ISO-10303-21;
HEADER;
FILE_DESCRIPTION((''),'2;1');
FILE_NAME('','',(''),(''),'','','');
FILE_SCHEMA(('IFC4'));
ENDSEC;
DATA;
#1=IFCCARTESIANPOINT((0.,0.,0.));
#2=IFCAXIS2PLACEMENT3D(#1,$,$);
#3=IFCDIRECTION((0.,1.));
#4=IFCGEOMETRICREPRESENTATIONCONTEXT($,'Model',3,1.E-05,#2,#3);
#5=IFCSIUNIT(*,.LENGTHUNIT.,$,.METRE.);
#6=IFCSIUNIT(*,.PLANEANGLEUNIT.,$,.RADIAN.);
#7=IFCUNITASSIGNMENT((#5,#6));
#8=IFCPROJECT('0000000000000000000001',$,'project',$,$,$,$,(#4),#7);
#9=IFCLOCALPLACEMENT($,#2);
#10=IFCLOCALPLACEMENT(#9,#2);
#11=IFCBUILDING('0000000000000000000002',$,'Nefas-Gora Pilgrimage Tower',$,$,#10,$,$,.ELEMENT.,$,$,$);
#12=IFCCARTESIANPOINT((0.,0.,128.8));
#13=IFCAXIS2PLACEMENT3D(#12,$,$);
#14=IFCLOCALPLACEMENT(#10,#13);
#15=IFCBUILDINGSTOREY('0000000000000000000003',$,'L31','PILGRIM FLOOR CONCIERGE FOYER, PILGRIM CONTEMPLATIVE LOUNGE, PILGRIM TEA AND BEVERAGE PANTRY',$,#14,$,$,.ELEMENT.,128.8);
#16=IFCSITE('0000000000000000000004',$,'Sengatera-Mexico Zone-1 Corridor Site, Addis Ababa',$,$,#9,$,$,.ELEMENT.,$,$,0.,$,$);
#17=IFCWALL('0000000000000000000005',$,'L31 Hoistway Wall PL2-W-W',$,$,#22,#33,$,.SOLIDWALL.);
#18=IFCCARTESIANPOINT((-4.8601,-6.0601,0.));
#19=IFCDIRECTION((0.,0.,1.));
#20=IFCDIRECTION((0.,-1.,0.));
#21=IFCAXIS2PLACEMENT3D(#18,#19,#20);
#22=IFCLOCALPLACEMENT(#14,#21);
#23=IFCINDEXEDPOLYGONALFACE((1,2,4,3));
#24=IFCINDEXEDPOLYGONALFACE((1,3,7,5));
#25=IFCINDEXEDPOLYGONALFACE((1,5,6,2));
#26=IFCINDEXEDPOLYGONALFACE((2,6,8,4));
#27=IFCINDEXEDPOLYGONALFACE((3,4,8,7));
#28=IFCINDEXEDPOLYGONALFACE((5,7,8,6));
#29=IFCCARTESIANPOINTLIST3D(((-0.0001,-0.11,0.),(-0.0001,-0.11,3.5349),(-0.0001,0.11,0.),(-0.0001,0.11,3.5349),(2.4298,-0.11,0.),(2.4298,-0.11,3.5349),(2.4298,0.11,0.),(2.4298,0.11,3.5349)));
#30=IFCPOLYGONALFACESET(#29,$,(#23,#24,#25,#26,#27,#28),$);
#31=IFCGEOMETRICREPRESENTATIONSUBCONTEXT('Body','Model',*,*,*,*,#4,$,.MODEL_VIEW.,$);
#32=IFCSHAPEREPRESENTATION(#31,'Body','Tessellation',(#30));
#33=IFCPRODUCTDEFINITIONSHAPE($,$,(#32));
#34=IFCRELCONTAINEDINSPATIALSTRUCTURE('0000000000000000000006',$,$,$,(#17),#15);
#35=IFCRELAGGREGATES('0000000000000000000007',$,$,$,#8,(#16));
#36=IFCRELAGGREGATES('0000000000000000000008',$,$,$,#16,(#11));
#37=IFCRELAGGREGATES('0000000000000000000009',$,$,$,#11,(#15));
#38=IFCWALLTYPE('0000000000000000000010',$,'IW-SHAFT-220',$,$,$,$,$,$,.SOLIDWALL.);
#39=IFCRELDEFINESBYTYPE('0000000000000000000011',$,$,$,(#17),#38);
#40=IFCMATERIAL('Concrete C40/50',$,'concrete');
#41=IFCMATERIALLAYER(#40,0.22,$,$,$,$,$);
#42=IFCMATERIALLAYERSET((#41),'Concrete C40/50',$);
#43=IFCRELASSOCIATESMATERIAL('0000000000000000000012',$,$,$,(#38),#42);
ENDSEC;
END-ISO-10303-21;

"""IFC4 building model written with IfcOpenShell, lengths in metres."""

from ifc_helpers import new_model, si_unit, direction, frame, frame_2d, origin, place, context, subcontext, project, spatial, rectangle, extrude, source, transform, mapped, material, layer, layer_set, type_object, element, save


model = new_model("IFC4")

# Units and contexts
model_context = context("Model", 3, precision=1e-05, world=origin(), true_north=direction((0.0, 1.0)))
body_context = subcontext(model_context, "Body", "Model", "MODEL_VIEW")
ifc_project = project(units=[si_unit("LENGTHUNIT", "METRE"), si_unit("PLANEANGLEUNIT", "RADIAN")], contexts=[model_context])

# Site, building, storey
site_placement = place(None, origin())
site = spatial("IfcSite", under=ifc_project, at=site_placement, Name="Sengatera-Mexico Zone-1 Corridor Site, Addis Ababa", CompositionType="ELEMENT", RefElevation=0.0)
building_placement = place(site_placement, origin())
building = spatial("IfcBuilding", under=site, at=building_placement, Name="Nefas-Gora Pilgrimage Tower", CompositionType="ELEMENT")
storey_placement = place(building_placement, frame((0.0, 0.0, 128.8)))
storey = spatial("IfcBuildingStorey", under=building, at=storey_placement, Name="L31", Description="PILGRIM FLOOR CONCIERGE FOYER, PILGRIM CONTEMPLATIVE LOUNGE, PILGRIM TEA AND BEVERAGE PANTRY", CompositionType="ELEMENT", Elevation=128.8)

# Wall
ifc_material_1 = material(Name="Concrete C40/50", Category="concrete")
ifc_layer_1 = layer(ifc_material_1, 0.22)
ifc_layer_set_1 = layer_set([ifc_layer_1], Name="Concrete C40/50")
wall_type_1 = type_object("IfcWallType", Name="IW-SHAFT-220", PredefinedType="SOLIDWALL", material=ifc_layer_set_1)
shared_shape_1 = source(origin(), body_context, "Body", "SweptSolid", [
    extrude(rectangle(XDim=2.4299, YDim=0.22, at=frame_2d((1.2148, 0.0))), origin(), (0.0, 0.0, 1.0), 3.5349),
])
for number, where, z_axis, x_axis, name in (
    (1, (-4.8601, -6.0601, 0.0), (0.0, 0.0, 1.0), (0.0, -1.0, 0.0), "L31 Hoistway Wall PL2-W-W"),
):
    element("IfcWall", number, at=place(storey_placement, frame(where, z_axis=z_axis, x_axis=x_axis)), inside=storey, type_object=wall_type_1, Name=name, PredefinedType="SOLIDWALL", context=body_context, shape_type="MappedRepresentation", body=[
        mapped(shared_shape_1, transform((0.0, 0.0, 0.0), x_axis=(1.0, 0.0, 0.0), y_axis=(0.0, 1.0, 0.0), z_axis=(0.0, 0.0, 1.0), scale=1.0)),
    ])

save(model, "model.ifc")
